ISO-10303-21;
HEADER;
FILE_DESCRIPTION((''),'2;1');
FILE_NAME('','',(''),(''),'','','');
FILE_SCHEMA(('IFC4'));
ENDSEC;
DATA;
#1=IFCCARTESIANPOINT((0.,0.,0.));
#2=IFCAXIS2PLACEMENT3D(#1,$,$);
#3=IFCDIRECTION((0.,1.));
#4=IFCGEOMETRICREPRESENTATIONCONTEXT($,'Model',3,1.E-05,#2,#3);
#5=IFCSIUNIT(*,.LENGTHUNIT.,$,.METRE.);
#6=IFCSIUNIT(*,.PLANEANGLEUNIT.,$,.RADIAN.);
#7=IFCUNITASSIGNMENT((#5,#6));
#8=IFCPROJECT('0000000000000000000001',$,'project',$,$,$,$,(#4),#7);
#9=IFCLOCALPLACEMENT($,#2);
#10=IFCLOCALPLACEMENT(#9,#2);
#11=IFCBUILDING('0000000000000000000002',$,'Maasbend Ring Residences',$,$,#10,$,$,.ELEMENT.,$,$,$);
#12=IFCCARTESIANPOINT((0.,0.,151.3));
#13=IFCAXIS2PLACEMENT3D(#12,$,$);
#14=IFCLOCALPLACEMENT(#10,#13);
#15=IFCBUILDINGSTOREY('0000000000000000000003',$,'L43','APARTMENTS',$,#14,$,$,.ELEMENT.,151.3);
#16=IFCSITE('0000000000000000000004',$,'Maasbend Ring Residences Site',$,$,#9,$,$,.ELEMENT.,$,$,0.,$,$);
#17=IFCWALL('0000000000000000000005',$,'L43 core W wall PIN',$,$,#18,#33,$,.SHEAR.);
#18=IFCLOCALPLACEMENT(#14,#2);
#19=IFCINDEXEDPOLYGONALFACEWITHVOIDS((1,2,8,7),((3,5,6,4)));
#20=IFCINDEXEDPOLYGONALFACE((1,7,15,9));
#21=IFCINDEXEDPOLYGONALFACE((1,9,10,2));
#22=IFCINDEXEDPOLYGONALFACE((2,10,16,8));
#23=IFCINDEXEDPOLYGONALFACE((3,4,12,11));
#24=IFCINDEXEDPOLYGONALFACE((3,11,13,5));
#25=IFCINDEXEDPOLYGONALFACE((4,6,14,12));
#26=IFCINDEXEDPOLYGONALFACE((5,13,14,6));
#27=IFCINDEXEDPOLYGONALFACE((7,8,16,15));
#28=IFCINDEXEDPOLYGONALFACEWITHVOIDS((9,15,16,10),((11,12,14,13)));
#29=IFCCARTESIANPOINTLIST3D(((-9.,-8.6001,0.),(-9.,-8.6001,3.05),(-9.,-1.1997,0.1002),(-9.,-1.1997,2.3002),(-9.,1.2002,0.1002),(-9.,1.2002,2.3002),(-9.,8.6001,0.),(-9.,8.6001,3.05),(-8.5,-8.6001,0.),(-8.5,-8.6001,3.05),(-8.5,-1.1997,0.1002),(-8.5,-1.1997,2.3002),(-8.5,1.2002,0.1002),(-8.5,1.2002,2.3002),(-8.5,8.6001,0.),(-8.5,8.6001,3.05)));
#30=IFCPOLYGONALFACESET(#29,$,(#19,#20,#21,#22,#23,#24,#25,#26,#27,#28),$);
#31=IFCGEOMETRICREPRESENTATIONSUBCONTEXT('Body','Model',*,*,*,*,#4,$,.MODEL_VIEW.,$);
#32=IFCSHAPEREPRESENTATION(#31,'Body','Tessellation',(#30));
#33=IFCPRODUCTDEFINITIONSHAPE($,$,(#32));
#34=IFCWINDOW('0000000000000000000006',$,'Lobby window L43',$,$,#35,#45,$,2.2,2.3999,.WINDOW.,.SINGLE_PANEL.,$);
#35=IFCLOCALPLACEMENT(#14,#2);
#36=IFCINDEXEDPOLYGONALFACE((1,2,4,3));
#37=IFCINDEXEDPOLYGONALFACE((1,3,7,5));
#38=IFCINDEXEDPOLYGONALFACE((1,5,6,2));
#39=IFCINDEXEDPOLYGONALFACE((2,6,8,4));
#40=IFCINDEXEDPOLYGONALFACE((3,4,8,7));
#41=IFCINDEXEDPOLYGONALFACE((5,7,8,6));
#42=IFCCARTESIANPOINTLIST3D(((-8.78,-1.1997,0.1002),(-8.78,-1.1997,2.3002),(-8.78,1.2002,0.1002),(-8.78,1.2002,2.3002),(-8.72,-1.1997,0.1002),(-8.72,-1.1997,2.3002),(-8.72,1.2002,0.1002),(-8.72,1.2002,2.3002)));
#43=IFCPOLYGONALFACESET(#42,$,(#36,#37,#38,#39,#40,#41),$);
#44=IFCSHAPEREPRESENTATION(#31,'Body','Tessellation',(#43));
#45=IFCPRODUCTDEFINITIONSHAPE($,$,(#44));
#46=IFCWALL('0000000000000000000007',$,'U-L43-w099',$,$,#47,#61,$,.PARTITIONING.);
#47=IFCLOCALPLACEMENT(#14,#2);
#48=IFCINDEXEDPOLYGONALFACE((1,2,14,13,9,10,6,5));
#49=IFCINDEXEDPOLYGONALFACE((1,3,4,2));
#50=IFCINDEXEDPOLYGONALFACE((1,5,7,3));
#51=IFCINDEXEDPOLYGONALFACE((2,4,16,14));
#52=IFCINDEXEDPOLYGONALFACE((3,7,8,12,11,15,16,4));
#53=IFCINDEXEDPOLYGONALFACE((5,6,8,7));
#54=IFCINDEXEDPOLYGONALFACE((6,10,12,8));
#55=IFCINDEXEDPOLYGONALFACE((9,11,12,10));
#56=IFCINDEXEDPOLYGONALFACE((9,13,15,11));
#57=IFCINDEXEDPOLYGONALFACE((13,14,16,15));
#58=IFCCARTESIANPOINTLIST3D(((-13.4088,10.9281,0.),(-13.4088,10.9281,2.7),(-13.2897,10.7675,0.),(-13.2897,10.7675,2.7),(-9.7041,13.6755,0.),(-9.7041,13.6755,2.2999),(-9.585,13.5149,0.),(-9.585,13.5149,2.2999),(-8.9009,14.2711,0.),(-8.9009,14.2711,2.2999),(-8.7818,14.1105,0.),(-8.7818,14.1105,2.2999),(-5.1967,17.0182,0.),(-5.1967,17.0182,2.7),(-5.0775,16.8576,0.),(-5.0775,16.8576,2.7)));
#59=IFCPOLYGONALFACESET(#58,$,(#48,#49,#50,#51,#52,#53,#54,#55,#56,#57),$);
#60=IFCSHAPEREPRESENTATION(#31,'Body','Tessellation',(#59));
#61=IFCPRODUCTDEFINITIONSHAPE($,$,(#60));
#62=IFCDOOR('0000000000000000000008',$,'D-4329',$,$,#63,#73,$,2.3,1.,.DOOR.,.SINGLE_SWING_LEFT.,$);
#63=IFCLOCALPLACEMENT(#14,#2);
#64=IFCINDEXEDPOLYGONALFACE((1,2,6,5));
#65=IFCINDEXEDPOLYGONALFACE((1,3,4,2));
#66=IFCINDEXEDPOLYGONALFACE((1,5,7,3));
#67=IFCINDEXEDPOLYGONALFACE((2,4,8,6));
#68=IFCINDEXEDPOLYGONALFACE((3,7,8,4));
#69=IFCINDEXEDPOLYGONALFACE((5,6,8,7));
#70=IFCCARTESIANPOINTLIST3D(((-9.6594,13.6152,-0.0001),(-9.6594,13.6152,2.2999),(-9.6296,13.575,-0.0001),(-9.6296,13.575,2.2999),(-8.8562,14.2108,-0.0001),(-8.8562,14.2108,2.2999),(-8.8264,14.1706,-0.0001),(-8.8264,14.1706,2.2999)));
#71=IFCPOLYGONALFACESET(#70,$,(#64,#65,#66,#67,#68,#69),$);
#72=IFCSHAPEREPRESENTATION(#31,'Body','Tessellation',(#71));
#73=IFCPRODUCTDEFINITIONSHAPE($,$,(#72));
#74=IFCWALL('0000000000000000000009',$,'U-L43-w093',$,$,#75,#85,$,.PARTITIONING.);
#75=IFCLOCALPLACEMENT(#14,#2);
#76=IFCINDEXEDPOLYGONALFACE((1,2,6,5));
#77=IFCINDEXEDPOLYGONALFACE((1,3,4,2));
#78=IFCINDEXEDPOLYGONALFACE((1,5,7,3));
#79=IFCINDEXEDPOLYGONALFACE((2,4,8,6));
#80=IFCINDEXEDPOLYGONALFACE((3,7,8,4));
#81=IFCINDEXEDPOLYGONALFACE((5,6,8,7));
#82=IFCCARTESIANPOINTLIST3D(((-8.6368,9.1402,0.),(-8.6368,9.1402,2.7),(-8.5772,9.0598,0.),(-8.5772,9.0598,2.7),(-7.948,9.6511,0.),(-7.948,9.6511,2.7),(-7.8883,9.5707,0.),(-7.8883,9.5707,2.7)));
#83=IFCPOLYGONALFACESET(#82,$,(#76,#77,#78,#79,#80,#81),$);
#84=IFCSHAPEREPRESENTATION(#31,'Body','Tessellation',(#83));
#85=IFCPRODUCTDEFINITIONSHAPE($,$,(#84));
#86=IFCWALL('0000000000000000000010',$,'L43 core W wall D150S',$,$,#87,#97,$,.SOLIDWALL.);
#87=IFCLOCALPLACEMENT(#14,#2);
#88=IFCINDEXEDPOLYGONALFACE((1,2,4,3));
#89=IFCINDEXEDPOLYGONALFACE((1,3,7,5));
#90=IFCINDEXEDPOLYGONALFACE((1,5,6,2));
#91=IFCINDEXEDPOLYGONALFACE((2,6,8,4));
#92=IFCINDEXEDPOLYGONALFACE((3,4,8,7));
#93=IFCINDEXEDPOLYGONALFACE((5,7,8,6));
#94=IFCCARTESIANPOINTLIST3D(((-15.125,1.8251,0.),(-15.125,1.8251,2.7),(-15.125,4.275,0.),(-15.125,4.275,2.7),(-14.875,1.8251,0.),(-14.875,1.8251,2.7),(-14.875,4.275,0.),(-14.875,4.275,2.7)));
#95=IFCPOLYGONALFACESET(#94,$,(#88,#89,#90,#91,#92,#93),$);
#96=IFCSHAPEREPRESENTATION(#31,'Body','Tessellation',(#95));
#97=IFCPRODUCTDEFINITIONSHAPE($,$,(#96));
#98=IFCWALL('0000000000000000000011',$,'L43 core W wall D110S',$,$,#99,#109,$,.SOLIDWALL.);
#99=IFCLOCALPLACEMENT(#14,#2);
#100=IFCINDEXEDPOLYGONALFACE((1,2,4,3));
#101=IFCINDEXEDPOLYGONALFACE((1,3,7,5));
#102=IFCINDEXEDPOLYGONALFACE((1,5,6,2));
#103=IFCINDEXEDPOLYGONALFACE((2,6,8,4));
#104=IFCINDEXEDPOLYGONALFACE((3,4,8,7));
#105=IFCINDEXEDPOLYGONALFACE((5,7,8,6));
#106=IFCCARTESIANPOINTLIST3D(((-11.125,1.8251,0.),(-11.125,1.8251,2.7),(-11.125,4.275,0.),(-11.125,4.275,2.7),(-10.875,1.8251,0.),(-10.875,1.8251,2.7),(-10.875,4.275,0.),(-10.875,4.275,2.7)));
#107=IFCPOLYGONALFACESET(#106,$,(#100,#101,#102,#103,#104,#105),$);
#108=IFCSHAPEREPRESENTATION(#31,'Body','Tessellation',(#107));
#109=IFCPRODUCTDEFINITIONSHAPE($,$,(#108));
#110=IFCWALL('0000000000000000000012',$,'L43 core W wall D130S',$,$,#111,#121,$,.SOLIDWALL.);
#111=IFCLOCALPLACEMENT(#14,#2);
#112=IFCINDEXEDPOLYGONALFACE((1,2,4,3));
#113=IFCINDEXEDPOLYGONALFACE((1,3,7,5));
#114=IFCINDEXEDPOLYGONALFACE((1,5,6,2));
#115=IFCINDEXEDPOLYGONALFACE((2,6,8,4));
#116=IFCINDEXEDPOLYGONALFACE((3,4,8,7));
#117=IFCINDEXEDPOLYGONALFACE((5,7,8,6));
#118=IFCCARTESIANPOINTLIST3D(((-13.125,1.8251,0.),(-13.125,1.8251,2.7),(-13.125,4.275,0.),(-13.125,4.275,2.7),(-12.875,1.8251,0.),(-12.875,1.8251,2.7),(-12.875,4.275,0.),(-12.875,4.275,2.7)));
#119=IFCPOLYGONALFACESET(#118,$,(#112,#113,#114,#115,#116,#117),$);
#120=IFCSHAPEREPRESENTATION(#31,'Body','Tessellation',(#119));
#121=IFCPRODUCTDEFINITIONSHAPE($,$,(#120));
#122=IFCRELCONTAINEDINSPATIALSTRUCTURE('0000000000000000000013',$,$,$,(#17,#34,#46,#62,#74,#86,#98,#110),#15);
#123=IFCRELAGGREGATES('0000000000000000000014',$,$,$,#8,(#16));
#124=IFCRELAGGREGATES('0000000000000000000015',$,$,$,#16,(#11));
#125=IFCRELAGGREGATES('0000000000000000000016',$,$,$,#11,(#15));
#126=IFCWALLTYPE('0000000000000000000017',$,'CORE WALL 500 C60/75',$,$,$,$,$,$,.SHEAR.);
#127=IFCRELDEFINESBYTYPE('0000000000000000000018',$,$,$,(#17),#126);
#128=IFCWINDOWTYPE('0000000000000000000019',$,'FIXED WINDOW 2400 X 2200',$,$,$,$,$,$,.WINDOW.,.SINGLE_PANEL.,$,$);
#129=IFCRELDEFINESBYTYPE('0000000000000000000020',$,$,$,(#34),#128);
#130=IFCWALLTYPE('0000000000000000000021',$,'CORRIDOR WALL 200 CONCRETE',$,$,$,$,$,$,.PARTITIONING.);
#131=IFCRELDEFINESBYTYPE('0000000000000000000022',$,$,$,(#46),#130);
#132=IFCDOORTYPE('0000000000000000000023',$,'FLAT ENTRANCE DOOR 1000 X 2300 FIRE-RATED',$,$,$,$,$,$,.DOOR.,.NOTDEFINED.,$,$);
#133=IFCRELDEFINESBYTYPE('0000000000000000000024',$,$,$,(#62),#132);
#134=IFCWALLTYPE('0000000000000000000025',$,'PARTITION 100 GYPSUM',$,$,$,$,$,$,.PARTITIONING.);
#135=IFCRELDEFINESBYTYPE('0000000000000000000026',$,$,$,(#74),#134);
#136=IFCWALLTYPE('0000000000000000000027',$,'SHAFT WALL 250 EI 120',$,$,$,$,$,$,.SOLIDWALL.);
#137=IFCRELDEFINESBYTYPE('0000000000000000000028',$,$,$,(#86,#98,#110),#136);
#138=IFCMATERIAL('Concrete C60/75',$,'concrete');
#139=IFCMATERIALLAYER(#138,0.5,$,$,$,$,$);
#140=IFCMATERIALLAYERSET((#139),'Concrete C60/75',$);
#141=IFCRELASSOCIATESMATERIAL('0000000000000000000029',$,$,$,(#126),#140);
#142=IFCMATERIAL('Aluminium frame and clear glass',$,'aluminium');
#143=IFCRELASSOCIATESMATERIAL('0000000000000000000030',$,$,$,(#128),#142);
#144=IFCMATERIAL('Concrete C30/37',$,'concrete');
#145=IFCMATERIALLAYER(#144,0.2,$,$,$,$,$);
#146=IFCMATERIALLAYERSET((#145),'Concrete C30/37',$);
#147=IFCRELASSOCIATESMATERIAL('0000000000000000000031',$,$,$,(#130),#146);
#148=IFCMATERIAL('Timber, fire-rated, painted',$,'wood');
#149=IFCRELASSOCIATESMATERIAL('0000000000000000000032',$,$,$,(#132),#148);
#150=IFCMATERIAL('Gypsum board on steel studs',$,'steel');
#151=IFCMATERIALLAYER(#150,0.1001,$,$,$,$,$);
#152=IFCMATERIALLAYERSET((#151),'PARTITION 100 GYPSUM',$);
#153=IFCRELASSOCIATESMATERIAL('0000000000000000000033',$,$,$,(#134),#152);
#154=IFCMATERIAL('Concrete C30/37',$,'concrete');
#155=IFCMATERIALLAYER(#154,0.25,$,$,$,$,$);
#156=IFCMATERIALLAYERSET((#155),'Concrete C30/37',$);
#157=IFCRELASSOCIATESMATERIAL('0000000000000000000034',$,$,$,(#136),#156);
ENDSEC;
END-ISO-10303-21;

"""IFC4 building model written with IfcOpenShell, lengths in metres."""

from ifc_helpers import new_model, si_unit, direction, frame, frame_2d, origin, place, context, subcontext, project, spatial, rectangle, extrude, material, layer, layer_set, type_object, element, fill, save


model = new_model("IFC4")

# Units and contexts
model_context = context("Model", 3, precision=1e-05, world=origin(), true_north=direction((0.0, 1.0)))
body_context = subcontext(model_context, "Body", "Model", "MODEL_VIEW")
ifc_project = project(units=[si_unit("LENGTHUNIT", "METRE"), si_unit("PLANEANGLEUNIT", "RADIAN")], contexts=[model_context])

# Site, building, storey
site_placement = place(None, origin())
site = spatial("IfcSite", under=ifc_project, at=site_placement, Name="Maasbend Ring Residences Site", CompositionType="ELEMENT", RefElevation=0.0)
building_placement = place(site_placement, origin())
building = spatial("IfcBuilding", under=site, at=building_placement, Name="Maasbend Ring Residences", CompositionType="ELEMENT")
storey_placement = place(building_placement, frame((0.0, 0.0, 151.3)))
storey = spatial("IfcBuildingStorey", under=building, at=storey_placement, Name="L43", Description="APARTMENTS", CompositionType="ELEMENT", Elevation=151.3)

# Shared definitions
ifc_material_1 = material(Name="Concrete C60/75", Category="concrete")
ifc_layer_1 = layer(ifc_material_1, 0.5)
ifc_layer_set_1 = layer_set([ifc_layer_1], Name="Concrete C60/75")
wall_type_1 = type_object("IfcWallType", Name="CORE WALL 500 C60/75", PredefinedType="SHEAR", material=ifc_layer_set_1)

# Wall, opening, window
wall_1_placement = place(storey_placement, frame((-8.75, 8.6001, 0.0), z_axis=(0.0, 0.0, 1.0), x_axis=(0.0, -1.0, 0.0)))
wall_1 = element("IfcWall", 1, at=wall_1_placement, inside=storey, type_object=wall_type_1, Name="L43 core W wall PIN", PredefinedType="SHEAR", context=body_context, shape_type="SweptSolid", body=[
    extrude(rectangle(XDim=17.2002, YDim=0.5, at=frame_2d((8.6001, 0.0))), origin(), (0.0, 0.0, 1.0), 3.05),
])
opening_1_placement = place(wall_1_placement, frame((7.3999, 0.0, 0.1001)))
opening_1 = element("IfcOpeningElement", 2, at=opening_1_placement, cuts=wall_1, PredefinedType="OPENING", context=body_context, shape_type="SweptSolid", body=[
    extrude(rectangle(XDim=2.3999, YDim=2.2, at=frame_2d((1.2, 1.1001))), frame((0.0, 0.26, 0.0), z_axis=(0.0, -1.0, 0.0), x_axis=(1.0, 0.0, 0.0)), (0.0, 0.0, 1.0), 0.52),
])
ifc_material_2 = material(Name="Aluminium frame and clear glass", Category="aluminium")
window_type = type_object("IfcWindowType", Name="FIXED WINDOW 2400 X 2200", PartitioningType="SINGLE_PANEL", PredefinedType="WINDOW", material=ifc_material_2)
window_placement = place(opening_1_placement, origin())
window = element("IfcWindow", 3, at=window_placement, inside=storey, type_object=window_type, Name="Lobby window L43", OverallHeight=2.2, OverallWidth=2.3999, PartitioningType="SINGLE_PANEL", PredefinedType="WINDOW", context=body_context, shape_type="SweptSolid", body=[
    extrude(rectangle(XDim=2.3999, YDim=2.2, at=frame_2d((1.2, 1.1001))), frame((0.0, 0.03, 0.0), z_axis=(0.0, -1.0, 0.0), x_axis=(1.0, 0.0, 0.0)), (0.0, 0.0, 1.0), 0.0601),
])
fill(opening_1, window)

# Wall, opening, door
ifc_material_3 = material(Name="Concrete C30/37", Category="concrete")
ifc_layer_2 = layer(ifc_material_3, 0.2)
ifc_layer_set_2 = layer_set([ifc_layer_2], Name="Concrete C30/37")
wall_type_2 = type_object("IfcWallType", Name="CORRIDOR WALL 200 CONCRETE", PredefinedType="PARTITIONING", material=ifc_layer_set_2)
wall_2_placement = place(storey_placement, frame((-13.3491, 10.8479, 0.0), z_axis=(0.0, 0.0, 1.0), x_axis=(0.803229, 0.59567, 0.0)))
wall_2 = element("IfcWall", 4, at=wall_2_placement, inside=storey, type_object=wall_type_2, Name="U-L43-w099", PredefinedType="PARTITIONING", context=body_context, shape_type="SweptSolid", body=[
    extrude(rectangle(XDim=10.2239, YDim=0.2, at=frame_2d((5.1118, 0.0))), origin(), (0.0, 0.0, 1.0), 2.7),
])
opening_2_placement = place(wall_2_placement, frame((4.6121, 0.0, 0.0)))
opening_2 = element("IfcOpeningElement", 5, at=opening_2_placement, cuts=wall_2, PredefinedType="OPENING", context=body_context, shape_type="SweptSolid", body=[
    extrude(rectangle(XDim=1.0, YDim=2.3, at=frame_2d((0.5, 1.1499))), frame((0.0, 0.1099, 0.0), z_axis=(0.0, -1.0, 0.0), x_axis=(1.0, 0.0, 0.0)), (0.0, 0.0, 1.0), 0.22),
])
ifc_material_4 = material(Name="Timber, fire-rated, painted", Category="wood")
door_type_1 = type_object("IfcDoorType", Name="FLAT ENTRANCE DOOR 1000 X 2300 FIRE-RATED", OperationType="NOTDEFINED", PredefinedType="DOOR", material=ifc_material_4)
door_1_placement = place(opening_2_placement, origin())
door_1 = element("IfcDoor", 6, at=door_1_placement, inside=storey, type_object=door_type_1, Name="D-4329", OperationType="SINGLE_SWING_LEFT", OverallHeight=2.3, OverallWidth=1.0, PredefinedType="DOOR", context=body_context, shape_type="SweptSolid", body=[
    extrude(rectangle(XDim=1.0, YDim=2.3, at=frame_2d((0.5, 1.1499))), frame((0.0, 0.0249, 0.0), z_axis=(0.0, -1.0, 0.0), x_axis=(1.0, 0.0, 0.0)), (0.0, 0.0, 1.0), 0.05),
])
fill(opening_2, door_1)

# Walls
ifc_material_5 = material(Name="Gypsum board on steel studs", Category="steel")
ifc_layer_3 = layer(ifc_material_5, 0.1001)
ifc_layer_set_3 = layer_set([ifc_layer_3], Name="PARTITION 100 GYPSUM")
wall_type_3 = type_object("IfcWallType", Name="PARTITION 100 GYPSUM", PredefinedType="PARTITIONING", material=ifc_layer_set_3)
wall_3_placement = place(storey_placement, frame((-8.6069, 9.1001, 0.0), z_axis=(0.0, 0.0, 1.0), x_axis=(0.803199, 0.595711, 0.0)))
element("IfcWall", 7, at=wall_3_placement, inside=storey, type_object=wall_type_3, Name="U-L43-w093", PredefinedType="PARTITIONING", context=body_context, shape_type="SweptSolid", body=[
    extrude(rectangle(XDim=0.8577, YDim=0.1001, at=frame_2d((0.4287, 0.0))), origin(), (0.0, 0.0, 1.0), 2.7),
])
ifc_material_6 = material(Name="Concrete C30/37", Category="concrete")
ifc_layer_4 = layer(ifc_material_6, 0.25)
ifc_layer_set_4 = layer_set([ifc_layer_4], Name="Concrete C30/37")
wall_type_4 = type_object("IfcWallType", Name="SHAFT WALL 250 EI 120", PredefinedType="SOLIDWALL", material=ifc_layer_set_4)
for number, where, z_axis, x_axis, name in (
    (8, (-15.0, 1.825, 0.0), (0.0, 0.0, 1.0), (0.0, 1.0, 0.0), "L43 core W wall D150S"),
    (9, (-11.0, 1.825, 0.0), (0.0, 0.0, 1.0), (0.0, 1.0, 0.0), "L43 core W wall D110S"),
    (10, (-13.0, 1.825, 0.0), (0.0, 0.0, 1.0), (0.0, 1.0, 0.0), "L43 core W wall D130S"),
):
    element("IfcWall", number, at=place(storey_placement, frame(where, z_axis=z_axis, x_axis=x_axis)), inside=storey, type_object=wall_type_4, Name=name, PredefinedType="SOLIDWALL", context=body_context, shape_type="SweptSolid", body=[
        extrude(rectangle(XDim=2.45, YDim=0.25, at=frame_2d((1.2251, 0.0))), origin(), (0.0, 0.0, 1.0), 2.7),
    ])

save(model, "model.ifc")
